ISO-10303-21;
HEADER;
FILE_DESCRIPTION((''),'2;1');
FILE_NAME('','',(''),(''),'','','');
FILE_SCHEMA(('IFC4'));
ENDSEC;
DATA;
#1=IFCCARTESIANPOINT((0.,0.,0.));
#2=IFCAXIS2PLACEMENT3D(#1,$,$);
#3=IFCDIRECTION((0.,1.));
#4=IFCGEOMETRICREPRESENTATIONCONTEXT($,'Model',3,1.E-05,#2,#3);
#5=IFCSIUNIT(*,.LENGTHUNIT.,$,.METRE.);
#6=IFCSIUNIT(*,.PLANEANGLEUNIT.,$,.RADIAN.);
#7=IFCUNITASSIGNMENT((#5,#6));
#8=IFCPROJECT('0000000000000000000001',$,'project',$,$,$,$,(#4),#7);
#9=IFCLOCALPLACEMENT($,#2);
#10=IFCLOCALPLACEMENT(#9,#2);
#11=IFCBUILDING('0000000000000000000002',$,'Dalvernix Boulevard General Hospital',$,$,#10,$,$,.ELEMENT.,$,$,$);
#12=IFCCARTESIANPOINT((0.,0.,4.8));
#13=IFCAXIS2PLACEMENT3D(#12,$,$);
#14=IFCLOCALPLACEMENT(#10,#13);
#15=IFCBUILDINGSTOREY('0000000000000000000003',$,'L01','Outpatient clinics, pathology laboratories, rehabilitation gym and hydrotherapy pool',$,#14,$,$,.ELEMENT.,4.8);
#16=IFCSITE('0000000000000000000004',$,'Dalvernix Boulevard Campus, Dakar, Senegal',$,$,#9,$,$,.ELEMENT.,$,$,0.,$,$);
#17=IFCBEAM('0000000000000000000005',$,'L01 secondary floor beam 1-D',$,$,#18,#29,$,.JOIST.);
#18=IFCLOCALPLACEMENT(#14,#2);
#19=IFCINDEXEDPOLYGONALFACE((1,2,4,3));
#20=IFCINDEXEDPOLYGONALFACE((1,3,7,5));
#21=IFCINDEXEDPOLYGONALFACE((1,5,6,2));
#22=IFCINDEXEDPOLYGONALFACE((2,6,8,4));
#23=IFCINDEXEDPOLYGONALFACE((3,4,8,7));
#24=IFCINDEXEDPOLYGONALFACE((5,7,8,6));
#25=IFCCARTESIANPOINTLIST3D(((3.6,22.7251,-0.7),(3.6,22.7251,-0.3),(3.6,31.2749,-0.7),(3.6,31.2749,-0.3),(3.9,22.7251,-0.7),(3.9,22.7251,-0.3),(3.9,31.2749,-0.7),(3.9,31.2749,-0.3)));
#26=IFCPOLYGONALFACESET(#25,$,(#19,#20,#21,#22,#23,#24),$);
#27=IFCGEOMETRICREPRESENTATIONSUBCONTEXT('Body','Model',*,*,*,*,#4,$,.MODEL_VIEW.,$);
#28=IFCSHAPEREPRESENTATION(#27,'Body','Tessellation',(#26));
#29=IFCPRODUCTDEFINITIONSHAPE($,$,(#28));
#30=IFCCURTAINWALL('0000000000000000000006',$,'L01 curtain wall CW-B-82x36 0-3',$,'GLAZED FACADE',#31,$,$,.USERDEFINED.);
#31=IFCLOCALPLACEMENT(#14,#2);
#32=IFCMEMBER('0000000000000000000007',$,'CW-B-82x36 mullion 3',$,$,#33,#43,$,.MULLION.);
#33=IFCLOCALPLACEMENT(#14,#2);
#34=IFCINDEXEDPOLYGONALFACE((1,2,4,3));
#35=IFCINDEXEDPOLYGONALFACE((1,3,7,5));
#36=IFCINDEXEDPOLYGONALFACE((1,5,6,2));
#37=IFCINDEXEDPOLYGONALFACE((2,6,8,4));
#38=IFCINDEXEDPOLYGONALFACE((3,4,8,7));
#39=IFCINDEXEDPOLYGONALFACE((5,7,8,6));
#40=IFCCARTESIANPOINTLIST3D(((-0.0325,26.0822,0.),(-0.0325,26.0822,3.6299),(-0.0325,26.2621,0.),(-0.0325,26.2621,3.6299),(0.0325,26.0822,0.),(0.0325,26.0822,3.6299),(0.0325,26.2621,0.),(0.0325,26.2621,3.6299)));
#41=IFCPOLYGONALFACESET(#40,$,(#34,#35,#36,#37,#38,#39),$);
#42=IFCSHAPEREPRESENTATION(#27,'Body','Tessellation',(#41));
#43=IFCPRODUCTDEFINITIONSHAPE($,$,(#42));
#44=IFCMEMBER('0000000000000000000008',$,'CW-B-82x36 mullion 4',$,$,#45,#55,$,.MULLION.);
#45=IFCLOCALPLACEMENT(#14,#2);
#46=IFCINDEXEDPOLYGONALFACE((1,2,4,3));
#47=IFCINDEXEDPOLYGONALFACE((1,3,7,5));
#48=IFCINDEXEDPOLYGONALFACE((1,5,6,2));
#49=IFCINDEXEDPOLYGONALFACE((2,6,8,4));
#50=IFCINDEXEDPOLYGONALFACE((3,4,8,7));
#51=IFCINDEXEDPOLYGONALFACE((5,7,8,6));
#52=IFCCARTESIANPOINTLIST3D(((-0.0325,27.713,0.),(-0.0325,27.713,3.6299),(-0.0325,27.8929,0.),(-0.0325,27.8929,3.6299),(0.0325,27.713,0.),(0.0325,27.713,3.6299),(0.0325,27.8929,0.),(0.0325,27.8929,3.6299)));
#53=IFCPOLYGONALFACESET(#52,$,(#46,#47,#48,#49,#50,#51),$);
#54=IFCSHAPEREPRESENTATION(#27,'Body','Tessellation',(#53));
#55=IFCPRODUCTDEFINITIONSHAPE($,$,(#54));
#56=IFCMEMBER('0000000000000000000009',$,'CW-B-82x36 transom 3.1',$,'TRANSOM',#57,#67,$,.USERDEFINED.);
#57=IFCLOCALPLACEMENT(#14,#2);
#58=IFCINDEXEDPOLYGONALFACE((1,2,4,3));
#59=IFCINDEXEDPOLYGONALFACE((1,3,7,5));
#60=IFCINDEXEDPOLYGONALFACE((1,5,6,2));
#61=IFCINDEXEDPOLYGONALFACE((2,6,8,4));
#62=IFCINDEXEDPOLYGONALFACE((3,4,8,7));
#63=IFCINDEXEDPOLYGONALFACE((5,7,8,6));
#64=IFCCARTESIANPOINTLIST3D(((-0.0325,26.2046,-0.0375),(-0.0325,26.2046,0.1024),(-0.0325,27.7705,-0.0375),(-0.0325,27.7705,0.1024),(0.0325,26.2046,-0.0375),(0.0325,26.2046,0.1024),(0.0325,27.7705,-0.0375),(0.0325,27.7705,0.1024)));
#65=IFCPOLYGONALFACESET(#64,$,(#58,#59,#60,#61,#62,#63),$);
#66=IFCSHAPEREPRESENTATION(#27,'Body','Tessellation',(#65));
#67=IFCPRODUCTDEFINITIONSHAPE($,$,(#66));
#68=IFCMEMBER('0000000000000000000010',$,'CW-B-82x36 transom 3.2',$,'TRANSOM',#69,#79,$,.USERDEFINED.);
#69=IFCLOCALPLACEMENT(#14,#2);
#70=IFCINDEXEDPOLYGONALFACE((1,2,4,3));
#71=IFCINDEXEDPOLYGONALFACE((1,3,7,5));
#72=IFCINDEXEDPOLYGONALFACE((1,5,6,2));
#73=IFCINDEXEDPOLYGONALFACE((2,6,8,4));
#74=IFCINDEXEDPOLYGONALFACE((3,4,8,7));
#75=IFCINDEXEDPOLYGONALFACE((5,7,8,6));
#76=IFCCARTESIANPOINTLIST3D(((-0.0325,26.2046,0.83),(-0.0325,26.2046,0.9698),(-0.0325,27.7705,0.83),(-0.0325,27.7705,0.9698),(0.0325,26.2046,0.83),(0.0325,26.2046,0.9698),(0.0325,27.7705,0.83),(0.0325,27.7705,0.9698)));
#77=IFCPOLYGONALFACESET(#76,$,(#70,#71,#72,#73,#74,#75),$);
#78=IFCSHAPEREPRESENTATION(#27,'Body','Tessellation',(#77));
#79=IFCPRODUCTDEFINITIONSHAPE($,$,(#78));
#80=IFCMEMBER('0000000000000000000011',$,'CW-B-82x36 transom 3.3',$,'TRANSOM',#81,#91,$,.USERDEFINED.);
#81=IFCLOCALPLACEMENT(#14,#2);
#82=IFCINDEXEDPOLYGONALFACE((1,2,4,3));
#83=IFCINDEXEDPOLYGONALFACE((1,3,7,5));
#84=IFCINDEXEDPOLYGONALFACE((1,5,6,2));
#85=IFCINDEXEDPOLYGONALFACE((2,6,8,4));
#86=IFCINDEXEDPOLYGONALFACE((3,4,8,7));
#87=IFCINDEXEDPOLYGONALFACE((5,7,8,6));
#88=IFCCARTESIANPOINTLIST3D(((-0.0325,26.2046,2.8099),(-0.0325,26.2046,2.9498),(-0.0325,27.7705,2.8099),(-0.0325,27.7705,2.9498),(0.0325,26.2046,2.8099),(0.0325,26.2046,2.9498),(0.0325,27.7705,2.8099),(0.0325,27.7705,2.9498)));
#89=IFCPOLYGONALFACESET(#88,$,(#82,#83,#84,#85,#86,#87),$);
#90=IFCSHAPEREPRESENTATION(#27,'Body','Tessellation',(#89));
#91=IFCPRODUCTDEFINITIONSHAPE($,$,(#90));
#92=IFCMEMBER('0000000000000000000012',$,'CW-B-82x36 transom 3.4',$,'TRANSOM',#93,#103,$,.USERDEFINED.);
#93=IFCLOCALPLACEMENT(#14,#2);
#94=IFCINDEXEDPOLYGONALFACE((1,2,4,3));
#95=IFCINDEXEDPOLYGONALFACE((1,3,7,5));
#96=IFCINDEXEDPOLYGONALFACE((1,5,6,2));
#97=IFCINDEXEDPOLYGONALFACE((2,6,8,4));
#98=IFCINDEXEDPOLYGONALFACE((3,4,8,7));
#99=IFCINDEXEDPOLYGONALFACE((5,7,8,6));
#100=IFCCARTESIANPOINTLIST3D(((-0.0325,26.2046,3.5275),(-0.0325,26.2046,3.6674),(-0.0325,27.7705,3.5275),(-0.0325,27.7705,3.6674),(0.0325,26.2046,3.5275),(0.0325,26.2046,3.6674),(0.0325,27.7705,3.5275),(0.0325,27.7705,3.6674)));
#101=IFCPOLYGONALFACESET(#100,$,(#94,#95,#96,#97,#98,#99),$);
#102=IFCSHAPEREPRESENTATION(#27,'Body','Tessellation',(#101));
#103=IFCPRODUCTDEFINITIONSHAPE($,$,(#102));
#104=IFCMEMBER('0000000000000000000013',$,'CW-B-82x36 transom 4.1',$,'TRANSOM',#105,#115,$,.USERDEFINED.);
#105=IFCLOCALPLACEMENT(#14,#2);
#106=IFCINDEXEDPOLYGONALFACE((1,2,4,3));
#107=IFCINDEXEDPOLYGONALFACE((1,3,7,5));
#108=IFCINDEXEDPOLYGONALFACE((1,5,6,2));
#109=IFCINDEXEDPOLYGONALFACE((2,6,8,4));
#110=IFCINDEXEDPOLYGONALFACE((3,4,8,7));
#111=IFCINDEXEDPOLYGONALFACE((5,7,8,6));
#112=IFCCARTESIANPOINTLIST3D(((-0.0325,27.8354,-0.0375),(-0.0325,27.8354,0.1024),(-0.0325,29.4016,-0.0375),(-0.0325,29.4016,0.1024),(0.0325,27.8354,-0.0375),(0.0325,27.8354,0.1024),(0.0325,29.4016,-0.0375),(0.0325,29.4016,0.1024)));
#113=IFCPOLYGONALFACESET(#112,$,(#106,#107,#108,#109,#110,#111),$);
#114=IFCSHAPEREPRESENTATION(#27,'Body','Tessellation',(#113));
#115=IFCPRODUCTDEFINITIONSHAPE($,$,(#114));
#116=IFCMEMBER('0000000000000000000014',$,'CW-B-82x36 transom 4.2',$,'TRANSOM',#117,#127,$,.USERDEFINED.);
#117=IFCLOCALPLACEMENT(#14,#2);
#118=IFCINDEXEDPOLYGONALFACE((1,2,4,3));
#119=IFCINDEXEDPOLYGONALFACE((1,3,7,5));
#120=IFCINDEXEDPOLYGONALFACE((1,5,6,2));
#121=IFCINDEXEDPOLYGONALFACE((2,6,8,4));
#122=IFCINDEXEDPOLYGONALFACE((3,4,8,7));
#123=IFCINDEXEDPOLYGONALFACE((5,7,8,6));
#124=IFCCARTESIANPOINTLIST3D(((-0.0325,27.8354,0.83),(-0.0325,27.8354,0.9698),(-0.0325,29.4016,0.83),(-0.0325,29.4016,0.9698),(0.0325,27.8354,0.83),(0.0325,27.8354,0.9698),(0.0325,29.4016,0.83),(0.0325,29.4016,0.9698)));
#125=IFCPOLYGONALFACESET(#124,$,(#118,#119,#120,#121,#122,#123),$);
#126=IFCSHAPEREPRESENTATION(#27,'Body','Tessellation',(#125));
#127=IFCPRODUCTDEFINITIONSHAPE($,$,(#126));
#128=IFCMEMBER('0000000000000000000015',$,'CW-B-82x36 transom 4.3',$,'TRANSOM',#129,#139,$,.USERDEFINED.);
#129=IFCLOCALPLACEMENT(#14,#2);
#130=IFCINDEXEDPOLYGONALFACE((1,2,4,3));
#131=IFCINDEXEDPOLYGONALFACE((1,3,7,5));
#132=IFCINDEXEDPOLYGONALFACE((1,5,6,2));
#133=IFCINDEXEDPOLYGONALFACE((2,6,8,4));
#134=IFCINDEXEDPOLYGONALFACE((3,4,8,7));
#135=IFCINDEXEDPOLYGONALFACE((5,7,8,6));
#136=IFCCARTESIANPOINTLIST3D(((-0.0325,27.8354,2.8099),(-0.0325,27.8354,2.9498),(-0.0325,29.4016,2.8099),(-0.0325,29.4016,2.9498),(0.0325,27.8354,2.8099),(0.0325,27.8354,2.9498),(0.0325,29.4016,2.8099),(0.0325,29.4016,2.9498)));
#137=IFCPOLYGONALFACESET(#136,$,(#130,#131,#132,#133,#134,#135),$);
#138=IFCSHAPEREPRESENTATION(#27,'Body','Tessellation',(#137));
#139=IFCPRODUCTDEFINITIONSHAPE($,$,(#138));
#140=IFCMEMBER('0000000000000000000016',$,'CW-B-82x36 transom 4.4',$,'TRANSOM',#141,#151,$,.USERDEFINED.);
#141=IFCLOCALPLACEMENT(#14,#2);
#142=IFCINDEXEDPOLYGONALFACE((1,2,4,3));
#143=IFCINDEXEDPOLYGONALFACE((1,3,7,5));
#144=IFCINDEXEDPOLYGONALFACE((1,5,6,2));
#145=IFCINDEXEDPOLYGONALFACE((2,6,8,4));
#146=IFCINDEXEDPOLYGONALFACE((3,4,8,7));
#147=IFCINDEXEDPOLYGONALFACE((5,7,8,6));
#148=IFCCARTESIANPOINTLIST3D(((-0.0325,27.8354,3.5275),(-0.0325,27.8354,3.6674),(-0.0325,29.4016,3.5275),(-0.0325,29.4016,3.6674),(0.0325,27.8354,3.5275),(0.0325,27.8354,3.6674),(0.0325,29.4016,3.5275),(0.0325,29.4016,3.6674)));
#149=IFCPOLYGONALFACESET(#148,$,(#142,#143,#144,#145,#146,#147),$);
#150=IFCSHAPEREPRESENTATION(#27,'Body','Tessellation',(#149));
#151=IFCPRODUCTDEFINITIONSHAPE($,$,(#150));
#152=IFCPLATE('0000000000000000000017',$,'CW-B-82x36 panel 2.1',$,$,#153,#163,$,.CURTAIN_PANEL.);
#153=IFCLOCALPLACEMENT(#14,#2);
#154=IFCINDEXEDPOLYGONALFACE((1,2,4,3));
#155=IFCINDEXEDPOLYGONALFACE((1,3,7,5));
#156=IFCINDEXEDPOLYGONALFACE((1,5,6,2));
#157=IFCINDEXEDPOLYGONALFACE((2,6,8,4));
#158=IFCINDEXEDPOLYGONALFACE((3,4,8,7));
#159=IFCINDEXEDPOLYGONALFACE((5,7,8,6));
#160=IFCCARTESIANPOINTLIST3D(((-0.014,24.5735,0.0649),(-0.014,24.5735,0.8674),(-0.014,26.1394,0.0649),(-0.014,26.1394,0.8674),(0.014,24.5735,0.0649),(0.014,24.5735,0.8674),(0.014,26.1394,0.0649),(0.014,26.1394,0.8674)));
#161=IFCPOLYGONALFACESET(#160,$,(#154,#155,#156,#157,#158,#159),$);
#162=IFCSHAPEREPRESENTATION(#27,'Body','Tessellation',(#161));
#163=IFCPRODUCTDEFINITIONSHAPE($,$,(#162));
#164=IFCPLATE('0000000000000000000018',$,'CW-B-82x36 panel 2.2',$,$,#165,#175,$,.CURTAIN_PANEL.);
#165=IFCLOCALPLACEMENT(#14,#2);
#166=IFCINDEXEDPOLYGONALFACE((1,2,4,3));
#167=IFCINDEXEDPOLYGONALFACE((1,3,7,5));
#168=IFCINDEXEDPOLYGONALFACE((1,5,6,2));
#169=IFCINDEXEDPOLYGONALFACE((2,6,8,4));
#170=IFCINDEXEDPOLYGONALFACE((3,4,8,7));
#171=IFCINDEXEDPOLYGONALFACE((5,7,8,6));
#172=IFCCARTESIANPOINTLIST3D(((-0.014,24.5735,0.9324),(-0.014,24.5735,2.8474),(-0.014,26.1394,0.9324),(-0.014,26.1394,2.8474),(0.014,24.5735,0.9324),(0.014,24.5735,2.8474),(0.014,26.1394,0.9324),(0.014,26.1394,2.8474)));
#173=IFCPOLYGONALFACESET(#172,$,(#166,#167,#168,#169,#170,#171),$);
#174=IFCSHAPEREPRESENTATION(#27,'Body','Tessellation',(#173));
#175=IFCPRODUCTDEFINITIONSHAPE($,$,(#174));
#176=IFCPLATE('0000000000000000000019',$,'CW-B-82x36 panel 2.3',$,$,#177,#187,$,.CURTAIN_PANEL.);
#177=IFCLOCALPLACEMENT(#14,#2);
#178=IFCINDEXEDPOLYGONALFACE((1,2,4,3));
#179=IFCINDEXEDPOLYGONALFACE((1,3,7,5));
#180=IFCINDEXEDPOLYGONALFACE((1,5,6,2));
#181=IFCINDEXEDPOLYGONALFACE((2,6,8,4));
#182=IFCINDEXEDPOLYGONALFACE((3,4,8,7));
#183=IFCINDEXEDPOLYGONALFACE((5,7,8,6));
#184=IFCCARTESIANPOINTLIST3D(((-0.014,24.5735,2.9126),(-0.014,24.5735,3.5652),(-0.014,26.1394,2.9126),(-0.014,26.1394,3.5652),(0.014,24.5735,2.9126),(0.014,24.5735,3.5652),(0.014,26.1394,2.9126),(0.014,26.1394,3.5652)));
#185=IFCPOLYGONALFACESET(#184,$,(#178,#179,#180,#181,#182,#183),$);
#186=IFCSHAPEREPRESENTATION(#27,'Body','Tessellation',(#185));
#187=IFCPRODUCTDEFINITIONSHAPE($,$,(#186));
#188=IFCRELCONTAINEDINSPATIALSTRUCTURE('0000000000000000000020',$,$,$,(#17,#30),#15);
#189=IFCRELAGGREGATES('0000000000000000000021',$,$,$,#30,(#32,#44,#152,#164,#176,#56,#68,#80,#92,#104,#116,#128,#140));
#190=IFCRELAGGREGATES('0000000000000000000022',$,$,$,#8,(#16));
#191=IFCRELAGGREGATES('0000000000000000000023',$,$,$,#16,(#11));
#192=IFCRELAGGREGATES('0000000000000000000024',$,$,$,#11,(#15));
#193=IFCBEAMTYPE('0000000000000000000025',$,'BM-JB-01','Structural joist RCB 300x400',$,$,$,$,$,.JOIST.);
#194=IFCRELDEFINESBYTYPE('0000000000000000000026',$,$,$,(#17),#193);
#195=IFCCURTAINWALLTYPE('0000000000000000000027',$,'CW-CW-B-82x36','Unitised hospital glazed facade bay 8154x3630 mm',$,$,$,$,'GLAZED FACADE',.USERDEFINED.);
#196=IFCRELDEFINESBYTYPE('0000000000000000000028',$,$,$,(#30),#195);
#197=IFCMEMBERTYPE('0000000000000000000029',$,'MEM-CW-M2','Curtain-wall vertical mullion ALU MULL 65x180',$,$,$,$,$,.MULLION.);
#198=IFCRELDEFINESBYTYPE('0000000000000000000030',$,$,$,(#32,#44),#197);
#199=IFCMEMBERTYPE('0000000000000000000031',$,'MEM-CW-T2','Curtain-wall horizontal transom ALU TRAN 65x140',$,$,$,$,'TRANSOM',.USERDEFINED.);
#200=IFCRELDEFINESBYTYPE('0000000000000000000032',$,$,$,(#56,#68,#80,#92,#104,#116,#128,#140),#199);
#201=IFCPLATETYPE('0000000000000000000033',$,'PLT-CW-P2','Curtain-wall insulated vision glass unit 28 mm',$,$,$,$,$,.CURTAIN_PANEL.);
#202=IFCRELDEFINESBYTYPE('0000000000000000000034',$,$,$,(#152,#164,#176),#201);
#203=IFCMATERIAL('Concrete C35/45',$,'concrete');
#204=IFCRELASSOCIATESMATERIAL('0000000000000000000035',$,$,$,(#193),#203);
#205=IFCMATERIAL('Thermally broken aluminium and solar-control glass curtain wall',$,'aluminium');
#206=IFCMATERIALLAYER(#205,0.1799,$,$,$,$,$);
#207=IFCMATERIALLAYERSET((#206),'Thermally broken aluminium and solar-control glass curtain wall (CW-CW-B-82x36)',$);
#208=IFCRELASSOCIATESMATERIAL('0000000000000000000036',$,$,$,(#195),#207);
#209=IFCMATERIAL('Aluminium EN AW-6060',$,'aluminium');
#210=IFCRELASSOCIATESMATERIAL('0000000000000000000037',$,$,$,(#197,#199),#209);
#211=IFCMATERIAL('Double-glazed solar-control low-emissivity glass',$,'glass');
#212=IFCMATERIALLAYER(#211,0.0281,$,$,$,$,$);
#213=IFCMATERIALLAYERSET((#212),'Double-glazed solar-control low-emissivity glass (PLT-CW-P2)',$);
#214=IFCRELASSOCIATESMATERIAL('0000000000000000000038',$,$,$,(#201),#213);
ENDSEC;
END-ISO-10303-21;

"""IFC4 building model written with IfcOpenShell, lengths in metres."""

from ifc_helpers import new_model, si_unit, direction, frame, origin, origin_2d, place, context, subcontext, project, spatial, rectangle, extrude, material, layer, layer_set, material_profile, profile_set, type_object, element, aggregate, save


model = new_model("IFC4")

# Units and contexts
model_context = context("Model", 3, precision=1e-05, world=origin(), true_north=direction((0.0, 1.0)))
body_context = subcontext(model_context, "Body", "Model", "MODEL_VIEW")
ifc_project = project(units=[si_unit("LENGTHUNIT", "METRE"), si_unit("PLANEANGLEUNIT", "RADIAN")], contexts=[model_context])

# Site, building, storey
site_placement = place(None, origin())
site = spatial("IfcSite", under=ifc_project, at=site_placement, Name="Dalvernix Boulevard Campus, Dakar, Senegal", CompositionType="ELEMENT", RefElevation=0.0)
building_placement = place(site_placement, origin())
building = spatial("IfcBuilding", under=site, at=building_placement, Name="Dalvernix Boulevard General Hospital", CompositionType="ELEMENT")
storey_placement = place(building_placement, frame((0.0, 0.0, 4.8)))
storey = spatial("IfcBuildingStorey", under=building, at=storey_placement, Name="L01", Description="Outpatient clinics, pathology laboratories, rehabilitation gym and hydrotherapy pool", CompositionType="ELEMENT", Elevation=4.8)

# Beam
ifc_material_1 = material(Name="Concrete C35/45", Category="concrete")
ifc_material_profile_1 = material_profile(ifc_material_1, rectangle(XDim=0.3, YDim=0.3999, at=origin_2d()), Name="RCB 300x400")
ifc_profile_set_1 = profile_set([ifc_material_profile_1], Name="Concrete C35/45")
beam_type = type_object("IfcBeamType", Name="BM-JB-01", Description="Structural joist RCB 300x400", PredefinedType="JOIST", material=ifc_profile_set_1)
beam_placement = place(storey_placement, frame((3.75, 22.7251, -0.5), z_axis=(0.0, 1.0, 0.0), x_axis=(-1.0, 0.0, 0.0)))
element("IfcBeam", 1, at=beam_placement, inside=storey, type_object=beam_type, Name="L01 secondary floor beam 1-D", PredefinedType="JOIST", context=body_context, shape_type="SweptSolid", body=[
    extrude(rectangle(XDim=0.3, YDim=0.3999, at=origin_2d()), origin(), (0.0, 0.0, 1.0), 8.5498),
])

# Curtain wall, members, plates
ifc_material_2 = material(Name="Thermally broken aluminium and solar-control glass curtain wall", Category="aluminium")
ifc_layer_1 = layer(ifc_material_2, 0.1799)
ifc_layer_set_1 = layer_set([ifc_layer_1], Name="Thermally broken aluminium and solar-control glass curtain wall (CW-CW-B-82x36)")
curtain_wall_type = type_object("IfcCurtainWallType", Name="CW-CW-B-82x36", Description="Unitised hospital glazed facade bay 8154x3630 mm", ElementType="GLAZED FACADE", PredefinedType="USERDEFINED", material=ifc_layer_set_1)
curtain_wall_placement = place(storey_placement, origin())
curtain_wall = element("IfcCurtainWall", 2, at=curtain_wall_placement, inside=storey, type_object=curtain_wall_type, Name="L01 curtain wall CW-B-82x36 0-3", ObjectType="GLAZED FACADE", PredefinedType="USERDEFINED")
ifc_material_3 = material(Name="Aluminium EN AW-6060", Category="aluminium")
ifc_material_profile_2 = material_profile(ifc_material_3, rectangle(XDim=0.0649, YDim=0.1799, at=origin_2d()), Name="ALU MULL 65x180")
ifc_profile_set_2 = profile_set([ifc_material_profile_2], Name="Aluminium EN AW-6060")
member_type_1 = type_object("IfcMemberType", Name="MEM-CW-M2", Description="Curtain-wall vertical mullion ALU MULL 65x180", PredefinedType="MULLION", material=ifc_profile_set_2)
member_1_placement = place(storey_placement, frame((0.0, 26.1721, 0.0), z_axis=(0.0, 0.0, 1.0), x_axis=(-1.0, 0.0, 0.0)))
member_1 = element("IfcMember", 3, at=member_1_placement, type_object=member_type_1, Name="CW-B-82x36 mullion 3", PredefinedType="MULLION", context=body_context, shape_type="SweptSolid", body=[
    extrude(rectangle(XDim=0.0649, YDim=0.1799, at=origin_2d()), origin(), (0.0, 0.0, 1.0), 3.6299),
])
member_2_placement = place(storey_placement, frame((0.0, 27.803, 0.0), z_axis=(0.0, 0.0, 1.0), x_axis=(-1.0, 0.0, 0.0)))
member_2 = element("IfcMember", 4, at=member_2_placement, type_object=member_type_1, Name="CW-B-82x36 mullion 4", PredefinedType="MULLION", context=body_context, shape_type="SweptSolid", body=[
    extrude(rectangle(XDim=0.0649, YDim=0.1799, at=origin_2d()), origin(), (0.0, 0.0, 1.0), 3.6299),
])
ifc_material_profile_3 = material_profile(ifc_material_3, rectangle(XDim=0.0649, YDim=0.1399, at=origin_2d()), Name="ALU TRAN 65x140")
ifc_profile_set_3 = profile_set([ifc_material_profile_3], Name="Aluminium EN AW-6060")
member_type_2 = type_object("IfcMemberType", Name="MEM-CW-T2", Description="Curtain-wall horizontal transom ALU TRAN 65x140", ElementType="TRANSOM", PredefinedType="USERDEFINED", material=ifc_profile_set_3)
member_3_placement = place(storey_placement, frame((0.0, 26.2046, 0.0325), z_axis=(0.0, 1.0, 0.0), x_axis=(-1.0, 0.0, 0.0)))
member_3 = element("IfcMember", 5, at=member_3_placement, type_object=member_type_2, Name="CW-B-82x36 transom 3.1", ObjectType="TRANSOM", PredefinedType="USERDEFINED", context=body_context, shape_type="SweptSolid", body=[
    extrude(rectangle(XDim=0.0649, YDim=0.1399, at=origin_2d()), origin(), (0.0, 0.0, 1.0), 1.5659),
])
member_4_placement = place(storey_placement, frame((0.0, 26.2046, 0.8999), z_axis=(0.0, 1.0, 0.0), x_axis=(-1.0, 0.0, 0.0)))
member_4 = element("IfcMember", 6, at=member_4_placement, type_object=member_type_2, Name="CW-B-82x36 transom 3.2", ObjectType="TRANSOM", PredefinedType="USERDEFINED", context=body_context, shape_type="SweptSolid", body=[
    extrude(rectangle(XDim=0.0649, YDim=0.1399, at=origin_2d()), origin(), (0.0, 0.0, 1.0), 1.5659),
])
member_5_placement = place(storey_placement, frame((0.0, 26.2046, 2.8799), z_axis=(0.0, 1.0, 0.0), x_axis=(-1.0, 0.0, 0.0)))
member_5 = element("IfcMember", 7, at=member_5_placement, type_object=member_type_2, Name="CW-B-82x36 transom 3.3", ObjectType="TRANSOM", PredefinedType="USERDEFINED", context=body_context, shape_type="SweptSolid", body=[
    extrude(rectangle(XDim=0.0649, YDim=0.1399, at=origin_2d()), origin(), (0.0, 0.0, 1.0), 1.5659),
])
member_6_placement = place(storey_placement, frame((0.0, 26.2046, 3.5974), z_axis=(0.0, 1.0, 0.0), x_axis=(-1.0, 0.0, 0.0)))
member_6 = element("IfcMember", 8, at=member_6_placement, type_object=member_type_2, Name="CW-B-82x36 transom 3.4", ObjectType="TRANSOM", PredefinedType="USERDEFINED", context=body_context, shape_type="SweptSolid", body=[
    extrude(rectangle(XDim=0.0649, YDim=0.1399, at=origin_2d()), origin(), (0.0, 0.0, 1.0), 1.5659),
])
member_7_placement = place(storey_placement, frame((0.0, 27.8354, 0.0325), z_axis=(0.0, 1.0, 0.0), x_axis=(-1.0, 0.0, 0.0)))
member_7 = element("IfcMember", 9, at=member_7_placement, type_object=member_type_2, Name="CW-B-82x36 transom 4.1", ObjectType="TRANSOM", PredefinedType="USERDEFINED", context=body_context, shape_type="SweptSolid", body=[
    extrude(rectangle(XDim=0.0649, YDim=0.1399, at=origin_2d()), origin(), (0.0, 0.0, 1.0), 1.5662),
])
member_8_placement = place(storey_placement, frame((0.0, 27.8354, 0.8999), z_axis=(0.0, 1.0, 0.0), x_axis=(-1.0, 0.0, 0.0)))
member_8 = element("IfcMember", 10, at=member_8_placement, type_object=member_type_2, Name="CW-B-82x36 transom 4.2", ObjectType="TRANSOM", PredefinedType="USERDEFINED", context=body_context, shape_type="SweptSolid", body=[
    extrude(rectangle(XDim=0.0649, YDim=0.1399, at=origin_2d()), origin(), (0.0, 0.0, 1.0), 1.5662),
])
member_9_placement = place(storey_placement, frame((0.0, 27.8354, 2.8799), z_axis=(0.0, 1.0, 0.0), x_axis=(-1.0, 0.0, 0.0)))
member_9 = element("IfcMember", 11, at=member_9_placement, type_object=member_type_2, Name="CW-B-82x36 transom 4.3", ObjectType="TRANSOM", PredefinedType="USERDEFINED", context=body_context, shape_type="SweptSolid", body=[
    extrude(rectangle(XDim=0.0649, YDim=0.1399, at=origin_2d()), origin(), (0.0, 0.0, 1.0), 1.5662),
])
member_10_placement = place(storey_placement, frame((0.0, 27.8354, 3.5974), z_axis=(0.0, 1.0, 0.0), x_axis=(-1.0, 0.0, 0.0)))
member_10 = element("IfcMember", 12, at=member_10_placement, type_object=member_type_2, Name="CW-B-82x36 transom 4.4", ObjectType="TRANSOM", PredefinedType="USERDEFINED", context=body_context, shape_type="SweptSolid", body=[
    extrude(rectangle(XDim=0.0649, YDim=0.1399, at=origin_2d()), origin(), (0.0, 0.0, 1.0), 1.5662),
])
ifc_material_4 = material(Name="Double-glazed solar-control low-emissivity glass", Category="glass")
ifc_layer_2 = layer(ifc_material_4, 0.0281)
ifc_layer_set_2 = layer_set([ifc_layer_2], Name="Double-glazed solar-control low-emissivity glass (PLT-CW-P2)")
plate_type = type_object("IfcPlateType", Name="PLT-CW-P2", Description="Curtain-wall insulated vision glass unit 28 mm", PredefinedType="CURTAIN_PANEL", material=ifc_layer_set_2)
plate_1_placement = place(storey_placement, frame((0.0, 25.3564, 0.0649), z_axis=(0.0, 0.0, 1.0), x_axis=(0.0, 1.0, 0.0)))
plate_1 = element("IfcPlate", 13, at=plate_1_placement, type_object=plate_type, Name="CW-B-82x36 panel 2.1", PredefinedType="CURTAIN_PANEL", context=body_context, shape_type="SweptSolid", body=[
    extrude(rectangle(XDim=1.5659, YDim=0.0281, at=origin_2d()), origin(), (0.0, 0.0, 1.0), 0.8025),
])
plate_2_placement = place(storey_placement, frame((0.0, 25.3564, 0.9324), z_axis=(0.0, 0.0, 1.0), x_axis=(0.0, 1.0, 0.0)))
plate_2 = element("IfcPlate", 14, at=plate_2_placement, type_object=plate_type, Name="CW-B-82x36 panel 2.2", PredefinedType="CURTAIN_PANEL", context=body_context, shape_type="SweptSolid", body=[
    extrude(rectangle(XDim=1.5659, YDim=0.0281, at=origin_2d()), origin(), (0.0, 0.0, 1.0), 1.915),
])
plate_3_placement = place(storey_placement, frame((0.0, 25.3564, 2.9126), z_axis=(0.0, 0.0, 1.0), x_axis=(0.0, 1.0, 0.0)))
plate_3 = element("IfcPlate", 15, at=plate_3_placement, type_object=plate_type, Name="CW-B-82x36 panel 2.3", PredefinedType="CURTAIN_PANEL", context=body_context, shape_type="SweptSolid", body=[
    extrude(rectangle(XDim=1.5659, YDim=0.0281, at=origin_2d()), origin(), (0.0, 0.0, 1.0), 0.6526),
])
aggregate(curtain_wall, [member_1, member_2, plate_1, plate_2, plate_3, member_3, member_4, member_5, member_6, member_7, member_8, member_9, member_10])

save(model, "model.ifc")
